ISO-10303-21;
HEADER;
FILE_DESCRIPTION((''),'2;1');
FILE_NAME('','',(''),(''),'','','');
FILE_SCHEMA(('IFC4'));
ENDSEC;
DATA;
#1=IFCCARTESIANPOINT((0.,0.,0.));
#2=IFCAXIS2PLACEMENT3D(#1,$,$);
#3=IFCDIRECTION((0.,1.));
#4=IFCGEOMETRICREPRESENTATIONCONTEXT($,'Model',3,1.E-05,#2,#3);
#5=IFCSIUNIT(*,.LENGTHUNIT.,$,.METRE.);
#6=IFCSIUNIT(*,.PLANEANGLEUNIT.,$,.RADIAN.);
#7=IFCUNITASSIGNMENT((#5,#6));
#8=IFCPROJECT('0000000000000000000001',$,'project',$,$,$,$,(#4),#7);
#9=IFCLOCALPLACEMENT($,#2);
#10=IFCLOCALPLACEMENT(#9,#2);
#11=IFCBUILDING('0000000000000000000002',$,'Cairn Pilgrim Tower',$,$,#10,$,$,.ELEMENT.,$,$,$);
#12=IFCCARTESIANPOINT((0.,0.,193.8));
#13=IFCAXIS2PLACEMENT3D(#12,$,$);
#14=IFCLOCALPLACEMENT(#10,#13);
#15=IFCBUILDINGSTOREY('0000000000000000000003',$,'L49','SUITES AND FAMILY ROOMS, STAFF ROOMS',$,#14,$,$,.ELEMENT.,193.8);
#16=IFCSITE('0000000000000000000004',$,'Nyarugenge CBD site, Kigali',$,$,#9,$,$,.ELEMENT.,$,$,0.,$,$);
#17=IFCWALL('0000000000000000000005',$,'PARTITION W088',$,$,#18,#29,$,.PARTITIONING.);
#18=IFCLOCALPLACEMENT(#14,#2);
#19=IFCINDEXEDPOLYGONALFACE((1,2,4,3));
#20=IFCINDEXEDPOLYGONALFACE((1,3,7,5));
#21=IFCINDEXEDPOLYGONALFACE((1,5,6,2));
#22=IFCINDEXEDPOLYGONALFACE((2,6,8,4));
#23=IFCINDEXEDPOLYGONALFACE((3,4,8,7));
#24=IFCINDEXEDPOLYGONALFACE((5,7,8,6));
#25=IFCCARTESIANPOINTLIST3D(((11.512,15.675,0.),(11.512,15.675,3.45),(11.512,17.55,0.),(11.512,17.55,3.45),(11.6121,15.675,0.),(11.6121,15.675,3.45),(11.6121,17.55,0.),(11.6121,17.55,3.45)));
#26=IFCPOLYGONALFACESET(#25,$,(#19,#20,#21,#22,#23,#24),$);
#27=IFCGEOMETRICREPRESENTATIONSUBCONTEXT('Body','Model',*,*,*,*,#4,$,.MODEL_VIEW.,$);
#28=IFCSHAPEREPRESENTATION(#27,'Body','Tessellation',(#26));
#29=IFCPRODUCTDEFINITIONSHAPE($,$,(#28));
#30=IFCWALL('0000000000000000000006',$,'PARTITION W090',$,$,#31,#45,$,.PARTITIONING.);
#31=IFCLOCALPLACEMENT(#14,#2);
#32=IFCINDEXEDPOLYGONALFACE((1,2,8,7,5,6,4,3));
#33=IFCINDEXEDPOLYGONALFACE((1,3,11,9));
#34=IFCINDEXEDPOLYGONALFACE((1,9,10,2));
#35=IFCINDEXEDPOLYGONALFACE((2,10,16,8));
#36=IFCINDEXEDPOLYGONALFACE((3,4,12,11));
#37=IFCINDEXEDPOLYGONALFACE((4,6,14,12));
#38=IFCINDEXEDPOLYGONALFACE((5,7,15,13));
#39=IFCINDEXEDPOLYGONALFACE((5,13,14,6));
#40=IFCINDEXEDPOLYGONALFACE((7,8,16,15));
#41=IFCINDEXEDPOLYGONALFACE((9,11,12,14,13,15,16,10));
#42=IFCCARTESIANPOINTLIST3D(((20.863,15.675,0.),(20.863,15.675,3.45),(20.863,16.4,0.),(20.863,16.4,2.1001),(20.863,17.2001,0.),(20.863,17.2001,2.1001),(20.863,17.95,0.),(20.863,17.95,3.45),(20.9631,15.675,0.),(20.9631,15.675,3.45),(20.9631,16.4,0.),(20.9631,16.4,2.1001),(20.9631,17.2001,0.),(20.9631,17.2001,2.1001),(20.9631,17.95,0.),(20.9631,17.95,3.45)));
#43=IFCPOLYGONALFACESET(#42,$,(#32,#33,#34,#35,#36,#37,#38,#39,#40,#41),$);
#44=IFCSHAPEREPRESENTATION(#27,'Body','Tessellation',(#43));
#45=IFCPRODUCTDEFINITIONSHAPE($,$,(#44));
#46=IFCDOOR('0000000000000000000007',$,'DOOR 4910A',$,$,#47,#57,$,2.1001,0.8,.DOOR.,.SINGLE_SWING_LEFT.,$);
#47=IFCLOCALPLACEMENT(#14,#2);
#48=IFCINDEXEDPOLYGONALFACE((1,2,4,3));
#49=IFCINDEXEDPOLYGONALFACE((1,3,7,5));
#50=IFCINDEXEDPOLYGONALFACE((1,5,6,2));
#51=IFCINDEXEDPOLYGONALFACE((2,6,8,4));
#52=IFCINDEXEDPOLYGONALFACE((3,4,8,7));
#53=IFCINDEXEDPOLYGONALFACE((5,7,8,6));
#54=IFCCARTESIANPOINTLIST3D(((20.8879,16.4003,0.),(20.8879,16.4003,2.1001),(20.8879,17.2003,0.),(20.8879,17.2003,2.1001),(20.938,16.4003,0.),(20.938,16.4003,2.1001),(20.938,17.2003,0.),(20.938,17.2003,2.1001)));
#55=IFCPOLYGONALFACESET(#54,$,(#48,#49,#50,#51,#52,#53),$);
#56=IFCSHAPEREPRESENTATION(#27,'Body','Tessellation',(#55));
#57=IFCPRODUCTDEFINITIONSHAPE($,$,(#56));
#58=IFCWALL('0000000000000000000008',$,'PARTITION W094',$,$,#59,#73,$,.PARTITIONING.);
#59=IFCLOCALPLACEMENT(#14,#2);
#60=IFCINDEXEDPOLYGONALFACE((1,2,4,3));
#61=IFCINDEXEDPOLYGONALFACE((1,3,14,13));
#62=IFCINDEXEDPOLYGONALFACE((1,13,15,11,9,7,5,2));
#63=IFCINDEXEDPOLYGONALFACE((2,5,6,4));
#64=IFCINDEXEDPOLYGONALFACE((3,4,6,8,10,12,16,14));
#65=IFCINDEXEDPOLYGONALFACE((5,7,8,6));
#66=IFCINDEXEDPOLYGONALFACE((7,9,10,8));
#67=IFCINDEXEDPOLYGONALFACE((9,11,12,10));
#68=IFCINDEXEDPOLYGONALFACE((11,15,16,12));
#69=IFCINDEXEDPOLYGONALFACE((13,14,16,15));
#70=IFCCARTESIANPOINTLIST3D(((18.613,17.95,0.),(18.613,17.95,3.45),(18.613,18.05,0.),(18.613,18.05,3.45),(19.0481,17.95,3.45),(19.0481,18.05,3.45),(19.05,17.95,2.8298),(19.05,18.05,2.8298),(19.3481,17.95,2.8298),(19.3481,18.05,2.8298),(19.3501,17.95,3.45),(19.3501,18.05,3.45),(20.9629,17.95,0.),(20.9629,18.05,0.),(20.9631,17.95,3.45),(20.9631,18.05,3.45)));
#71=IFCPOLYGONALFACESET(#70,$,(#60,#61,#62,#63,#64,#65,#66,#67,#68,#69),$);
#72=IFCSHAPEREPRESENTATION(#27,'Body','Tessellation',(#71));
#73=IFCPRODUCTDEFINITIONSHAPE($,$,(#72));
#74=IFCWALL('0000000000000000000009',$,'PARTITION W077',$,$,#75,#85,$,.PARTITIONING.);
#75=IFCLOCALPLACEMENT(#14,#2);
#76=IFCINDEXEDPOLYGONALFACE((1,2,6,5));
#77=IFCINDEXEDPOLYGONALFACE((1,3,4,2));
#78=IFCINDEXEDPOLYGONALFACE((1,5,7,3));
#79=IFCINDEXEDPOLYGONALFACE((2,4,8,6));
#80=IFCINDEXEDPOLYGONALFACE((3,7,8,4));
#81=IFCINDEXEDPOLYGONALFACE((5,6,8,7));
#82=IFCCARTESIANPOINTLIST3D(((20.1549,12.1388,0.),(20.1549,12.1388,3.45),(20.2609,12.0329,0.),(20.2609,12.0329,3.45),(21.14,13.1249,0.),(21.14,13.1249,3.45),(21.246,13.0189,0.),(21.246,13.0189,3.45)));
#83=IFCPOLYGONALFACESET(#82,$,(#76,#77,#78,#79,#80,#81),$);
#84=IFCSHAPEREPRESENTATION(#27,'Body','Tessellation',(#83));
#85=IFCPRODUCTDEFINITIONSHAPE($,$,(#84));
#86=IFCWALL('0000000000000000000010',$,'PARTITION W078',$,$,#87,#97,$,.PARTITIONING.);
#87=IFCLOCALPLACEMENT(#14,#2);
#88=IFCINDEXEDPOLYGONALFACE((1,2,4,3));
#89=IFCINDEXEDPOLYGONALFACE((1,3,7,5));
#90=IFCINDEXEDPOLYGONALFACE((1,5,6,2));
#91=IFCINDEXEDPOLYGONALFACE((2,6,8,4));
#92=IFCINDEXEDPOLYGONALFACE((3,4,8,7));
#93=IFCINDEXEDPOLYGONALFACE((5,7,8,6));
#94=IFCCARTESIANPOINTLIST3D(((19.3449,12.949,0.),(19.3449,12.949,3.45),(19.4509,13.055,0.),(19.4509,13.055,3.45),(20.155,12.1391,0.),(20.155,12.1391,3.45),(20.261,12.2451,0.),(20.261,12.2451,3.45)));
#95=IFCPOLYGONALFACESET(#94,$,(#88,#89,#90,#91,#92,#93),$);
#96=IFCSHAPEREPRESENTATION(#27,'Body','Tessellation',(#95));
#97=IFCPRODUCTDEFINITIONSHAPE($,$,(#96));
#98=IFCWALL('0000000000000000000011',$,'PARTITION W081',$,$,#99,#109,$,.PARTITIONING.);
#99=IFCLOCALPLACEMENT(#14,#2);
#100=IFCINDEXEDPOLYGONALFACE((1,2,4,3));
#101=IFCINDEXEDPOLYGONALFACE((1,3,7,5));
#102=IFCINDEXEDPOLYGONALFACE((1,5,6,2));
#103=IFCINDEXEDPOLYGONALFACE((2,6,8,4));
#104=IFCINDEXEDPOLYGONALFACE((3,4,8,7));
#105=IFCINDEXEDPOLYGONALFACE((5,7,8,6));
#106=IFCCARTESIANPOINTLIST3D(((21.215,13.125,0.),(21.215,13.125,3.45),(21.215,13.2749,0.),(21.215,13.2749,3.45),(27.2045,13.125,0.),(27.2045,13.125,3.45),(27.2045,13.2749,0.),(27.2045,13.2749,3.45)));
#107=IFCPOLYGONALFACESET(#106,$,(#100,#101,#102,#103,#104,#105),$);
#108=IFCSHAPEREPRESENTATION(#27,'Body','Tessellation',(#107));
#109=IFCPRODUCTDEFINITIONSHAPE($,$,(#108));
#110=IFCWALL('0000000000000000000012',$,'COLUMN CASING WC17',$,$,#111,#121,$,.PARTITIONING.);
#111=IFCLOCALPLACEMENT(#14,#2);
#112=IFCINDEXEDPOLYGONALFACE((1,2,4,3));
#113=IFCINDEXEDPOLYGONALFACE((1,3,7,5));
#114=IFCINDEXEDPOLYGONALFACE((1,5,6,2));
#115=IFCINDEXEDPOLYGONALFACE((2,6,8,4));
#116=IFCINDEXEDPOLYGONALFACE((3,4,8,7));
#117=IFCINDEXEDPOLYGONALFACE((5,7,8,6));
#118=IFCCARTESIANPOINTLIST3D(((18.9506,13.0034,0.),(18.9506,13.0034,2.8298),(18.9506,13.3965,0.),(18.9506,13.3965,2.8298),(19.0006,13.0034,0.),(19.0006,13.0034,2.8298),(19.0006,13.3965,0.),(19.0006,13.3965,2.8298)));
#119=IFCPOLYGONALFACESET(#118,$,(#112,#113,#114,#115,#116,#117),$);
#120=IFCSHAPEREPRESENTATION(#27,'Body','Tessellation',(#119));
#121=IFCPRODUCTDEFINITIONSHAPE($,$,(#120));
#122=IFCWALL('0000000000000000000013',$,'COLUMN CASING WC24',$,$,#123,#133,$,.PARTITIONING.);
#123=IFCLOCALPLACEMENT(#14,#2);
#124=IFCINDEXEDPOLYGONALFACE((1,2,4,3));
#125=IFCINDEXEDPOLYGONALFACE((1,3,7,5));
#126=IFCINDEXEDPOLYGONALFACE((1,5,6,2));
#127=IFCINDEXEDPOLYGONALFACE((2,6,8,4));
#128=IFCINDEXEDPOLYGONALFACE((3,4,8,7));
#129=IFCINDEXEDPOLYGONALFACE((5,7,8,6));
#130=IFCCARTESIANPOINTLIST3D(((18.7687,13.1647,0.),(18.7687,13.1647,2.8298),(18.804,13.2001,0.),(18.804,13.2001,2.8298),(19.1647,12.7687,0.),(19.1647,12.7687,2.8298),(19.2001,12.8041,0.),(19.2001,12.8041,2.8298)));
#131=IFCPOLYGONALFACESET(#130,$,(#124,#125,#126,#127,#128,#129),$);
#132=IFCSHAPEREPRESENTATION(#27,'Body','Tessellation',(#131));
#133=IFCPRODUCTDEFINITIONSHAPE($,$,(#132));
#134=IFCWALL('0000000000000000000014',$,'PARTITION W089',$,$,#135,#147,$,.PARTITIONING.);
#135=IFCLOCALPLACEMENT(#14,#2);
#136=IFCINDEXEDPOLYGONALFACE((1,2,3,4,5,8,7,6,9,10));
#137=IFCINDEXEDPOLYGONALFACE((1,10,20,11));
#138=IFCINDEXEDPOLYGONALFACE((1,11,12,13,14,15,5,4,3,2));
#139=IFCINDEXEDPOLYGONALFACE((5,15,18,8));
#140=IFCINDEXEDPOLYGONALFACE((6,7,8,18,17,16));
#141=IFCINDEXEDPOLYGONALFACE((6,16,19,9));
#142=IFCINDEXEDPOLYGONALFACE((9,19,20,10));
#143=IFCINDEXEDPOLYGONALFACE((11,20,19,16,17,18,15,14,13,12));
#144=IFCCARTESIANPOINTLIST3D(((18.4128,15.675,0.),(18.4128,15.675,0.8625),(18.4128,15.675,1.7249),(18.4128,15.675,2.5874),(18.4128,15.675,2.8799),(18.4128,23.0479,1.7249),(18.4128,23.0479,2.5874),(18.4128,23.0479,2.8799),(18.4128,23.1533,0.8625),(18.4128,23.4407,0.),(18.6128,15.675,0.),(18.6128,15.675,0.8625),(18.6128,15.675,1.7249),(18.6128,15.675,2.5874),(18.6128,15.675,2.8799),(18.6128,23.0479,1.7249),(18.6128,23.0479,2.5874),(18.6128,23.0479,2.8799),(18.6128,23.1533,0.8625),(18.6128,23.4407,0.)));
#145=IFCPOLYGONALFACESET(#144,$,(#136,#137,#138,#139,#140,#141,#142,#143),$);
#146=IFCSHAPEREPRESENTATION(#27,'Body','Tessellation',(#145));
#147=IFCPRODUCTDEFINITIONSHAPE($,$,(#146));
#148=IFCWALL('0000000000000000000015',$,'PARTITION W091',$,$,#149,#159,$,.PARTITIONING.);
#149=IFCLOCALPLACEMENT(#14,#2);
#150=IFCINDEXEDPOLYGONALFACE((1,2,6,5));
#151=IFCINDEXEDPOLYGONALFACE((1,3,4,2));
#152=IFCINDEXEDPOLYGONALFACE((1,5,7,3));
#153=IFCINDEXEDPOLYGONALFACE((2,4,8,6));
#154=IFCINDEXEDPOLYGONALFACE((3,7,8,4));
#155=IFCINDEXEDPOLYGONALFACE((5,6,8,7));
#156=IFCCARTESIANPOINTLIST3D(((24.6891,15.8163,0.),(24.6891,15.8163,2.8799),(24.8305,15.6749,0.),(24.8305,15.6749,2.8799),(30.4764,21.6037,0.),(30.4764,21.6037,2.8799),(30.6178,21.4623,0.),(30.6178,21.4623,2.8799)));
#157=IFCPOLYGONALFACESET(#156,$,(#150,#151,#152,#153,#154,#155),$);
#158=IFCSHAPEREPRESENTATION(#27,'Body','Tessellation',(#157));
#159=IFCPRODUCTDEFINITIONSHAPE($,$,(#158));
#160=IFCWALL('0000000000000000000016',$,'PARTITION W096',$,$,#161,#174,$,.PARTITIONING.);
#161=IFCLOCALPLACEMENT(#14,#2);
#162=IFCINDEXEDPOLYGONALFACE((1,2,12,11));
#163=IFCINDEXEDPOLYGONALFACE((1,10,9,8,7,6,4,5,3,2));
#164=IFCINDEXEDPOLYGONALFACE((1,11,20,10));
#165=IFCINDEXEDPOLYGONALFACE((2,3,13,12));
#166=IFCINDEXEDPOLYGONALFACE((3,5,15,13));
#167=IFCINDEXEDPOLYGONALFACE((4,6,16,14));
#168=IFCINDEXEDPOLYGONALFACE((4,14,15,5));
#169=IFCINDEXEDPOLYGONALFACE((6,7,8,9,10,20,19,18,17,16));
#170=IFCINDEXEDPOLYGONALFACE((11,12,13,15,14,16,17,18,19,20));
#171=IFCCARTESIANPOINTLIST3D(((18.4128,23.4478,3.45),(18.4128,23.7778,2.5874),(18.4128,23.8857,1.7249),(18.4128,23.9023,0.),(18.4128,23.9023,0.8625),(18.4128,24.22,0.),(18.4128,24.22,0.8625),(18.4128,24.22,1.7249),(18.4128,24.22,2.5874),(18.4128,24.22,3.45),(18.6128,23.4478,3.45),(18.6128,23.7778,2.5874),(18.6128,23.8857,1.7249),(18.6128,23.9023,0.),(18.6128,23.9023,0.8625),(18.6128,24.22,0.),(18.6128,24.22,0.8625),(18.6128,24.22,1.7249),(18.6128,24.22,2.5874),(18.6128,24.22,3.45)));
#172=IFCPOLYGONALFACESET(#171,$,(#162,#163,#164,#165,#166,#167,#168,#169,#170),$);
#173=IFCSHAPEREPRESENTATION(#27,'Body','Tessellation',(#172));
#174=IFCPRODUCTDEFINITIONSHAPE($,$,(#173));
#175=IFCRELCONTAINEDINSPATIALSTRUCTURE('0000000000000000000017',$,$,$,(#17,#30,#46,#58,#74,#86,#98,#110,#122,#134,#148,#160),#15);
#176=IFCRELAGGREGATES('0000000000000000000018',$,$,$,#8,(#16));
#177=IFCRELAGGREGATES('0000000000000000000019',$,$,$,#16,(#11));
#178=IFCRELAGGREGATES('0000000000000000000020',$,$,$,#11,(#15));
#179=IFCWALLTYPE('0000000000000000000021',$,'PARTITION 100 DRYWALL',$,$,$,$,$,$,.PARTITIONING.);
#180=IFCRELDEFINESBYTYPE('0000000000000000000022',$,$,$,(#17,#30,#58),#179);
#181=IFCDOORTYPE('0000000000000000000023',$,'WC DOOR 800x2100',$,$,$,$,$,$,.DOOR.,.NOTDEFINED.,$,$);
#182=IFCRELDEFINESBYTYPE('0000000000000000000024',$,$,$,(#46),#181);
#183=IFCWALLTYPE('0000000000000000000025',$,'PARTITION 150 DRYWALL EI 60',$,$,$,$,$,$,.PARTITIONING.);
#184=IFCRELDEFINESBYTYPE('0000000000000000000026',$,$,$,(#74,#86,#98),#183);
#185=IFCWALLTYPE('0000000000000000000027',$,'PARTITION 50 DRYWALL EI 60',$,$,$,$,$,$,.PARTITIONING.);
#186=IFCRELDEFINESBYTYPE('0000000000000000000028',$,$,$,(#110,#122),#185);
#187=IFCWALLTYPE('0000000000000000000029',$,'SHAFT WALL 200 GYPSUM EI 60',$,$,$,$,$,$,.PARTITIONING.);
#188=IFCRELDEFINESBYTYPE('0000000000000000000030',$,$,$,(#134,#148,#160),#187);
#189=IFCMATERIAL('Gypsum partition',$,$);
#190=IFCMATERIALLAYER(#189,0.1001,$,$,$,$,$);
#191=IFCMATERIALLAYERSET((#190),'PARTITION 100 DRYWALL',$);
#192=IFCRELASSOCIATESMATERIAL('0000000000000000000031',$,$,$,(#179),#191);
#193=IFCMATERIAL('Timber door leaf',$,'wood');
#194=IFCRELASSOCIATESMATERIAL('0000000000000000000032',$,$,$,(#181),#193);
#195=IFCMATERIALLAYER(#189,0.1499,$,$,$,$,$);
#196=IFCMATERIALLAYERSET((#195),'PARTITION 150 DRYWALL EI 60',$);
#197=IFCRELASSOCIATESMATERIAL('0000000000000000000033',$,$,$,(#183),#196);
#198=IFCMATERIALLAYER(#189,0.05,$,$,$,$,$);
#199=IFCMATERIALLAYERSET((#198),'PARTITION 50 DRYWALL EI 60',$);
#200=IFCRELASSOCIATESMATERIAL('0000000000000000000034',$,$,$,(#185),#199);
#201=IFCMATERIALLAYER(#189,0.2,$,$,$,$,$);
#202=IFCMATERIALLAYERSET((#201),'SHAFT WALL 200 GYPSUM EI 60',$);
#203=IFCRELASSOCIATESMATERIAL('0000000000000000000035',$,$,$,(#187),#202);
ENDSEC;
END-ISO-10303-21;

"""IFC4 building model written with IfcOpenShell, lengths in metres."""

from ifc_helpers import new_model, si_unit, direction, frame, frame_2d, origin, place, context, subcontext, project, spatial, polyline, rectangle, outline, extrude, material, layer, layer_set, type_object, element, fill, save


model = new_model("IFC4")

# Units and contexts
model_context = context("Model", 3, precision=1e-05, world=origin(), true_north=direction((0.0, 1.0)))
body_context = subcontext(model_context, "Body", "Model", "MODEL_VIEW")
ifc_project = project(units=[si_unit("LENGTHUNIT", "METRE"), si_unit("PLANEANGLEUNIT", "RADIAN")], contexts=[model_context])

# Site, building, storey
site_placement = place(None, origin())
site = spatial("IfcSite", under=ifc_project, at=site_placement, Name="Nyarugenge CBD site, Kigali", CompositionType="ELEMENT", RefElevation=0.0)
building_placement = place(site_placement, origin())
building = spatial("IfcBuilding", under=site, at=building_placement, Name="Cairn Pilgrim Tower", CompositionType="ELEMENT")
storey_placement = place(building_placement, frame((0.0, 0.0, 193.8)))
storey = spatial("IfcBuildingStorey", under=building, at=storey_placement, Name="L49", Description="SUITES AND FAMILY ROOMS, STAFF ROOMS", CompositionType="ELEMENT", Elevation=193.8)

# Wall
ifc_material_1 = material(Name="Gypsum partition")
ifc_layer_1 = layer(ifc_material_1, 0.1001)
ifc_layer_set_1 = layer_set([ifc_layer_1], Name="PARTITION 100 DRYWALL")
wall_type_1 = type_object("IfcWallType", Name="PARTITION 100 DRYWALL", PredefinedType="PARTITIONING", material=ifc_layer_set_1)
wall_1_placement = place(storey_placement, frame((11.562, 15.675, 0.0), z_axis=(0.0, 0.0, 1.0), x_axis=(0.0, 1.0, 0.0)))
element("IfcWall", 1, at=wall_1_placement, inside=storey, type_object=wall_type_1, Name="PARTITION W088", PredefinedType="PARTITIONING", context=body_context, shape_type="SweptSolid", body=[
    extrude(rectangle(XDim=1.875, YDim=0.1001, at=frame_2d((0.9375, 0.0))), origin(), (0.0, 0.0, 1.0), 3.45),
])

# Wall, opening, door
wall_2_placement = place(storey_placement, frame((20.9131, 15.675, 0.0), z_axis=(0.0, 0.0, 1.0), x_axis=(0.0, 1.0, 0.0)))
wall_2 = element("IfcWall", 2, at=wall_2_placement, inside=storey, type_object=wall_type_1, Name="PARTITION W090", PredefinedType="PARTITIONING", context=body_context, shape_type="SweptSolid", body=[
    extrude(rectangle(XDim=2.2749, YDim=0.1001, at=frame_2d((1.1375, 0.0))), origin(), (0.0, 0.0, 1.0), 3.45),
])
opening_1_placement = place(wall_2_placement, frame((0.7251, 0.0, 0.0)))
opening_1 = element("IfcOpeningElement", 3, at=opening_1_placement, cuts=wall_2, PredefinedType="OPENING", context=body_context, shape_type="SweptSolid", body=[
    extrude(rectangle(XDim=0.8, YDim=2.1001, at=frame_2d((0.3999, 1.05))), frame((0.0, 0.0601, 0.0), z_axis=(0.0, -1.0, 0.0), x_axis=(1.0, 0.0, 0.0)), (0.0, 0.0, 1.0), 0.1201),
])
ifc_material_2 = material(Name="Timber door leaf", Category="wood")
door_type_1 = type_object("IfcDoorType", Name="WC DOOR 800x2100", OperationType="NOTDEFINED", PredefinedType="DOOR", material=ifc_material_2)
door_1_placement = place(opening_1_placement, frame((0.8, 0.0, 0.0), z_axis=(0.0, 0.0, 1.0), x_axis=(-1.0, 0.0, 0.0)))
door_1 = element("IfcDoor", 4, at=door_1_placement, inside=storey, type_object=door_type_1, Name="DOOR 4910A", OperationType="SINGLE_SWING_LEFT", OverallHeight=2.1001, OverallWidth=0.8, PredefinedType="DOOR", context=body_context, shape_type="SweptSolid", body=[
    extrude(rectangle(XDim=0.8, YDim=2.1001, at=frame_2d((0.3999, 1.05))), frame((0.0, 0.0249, 0.0), z_axis=(0.0, -1.0, 0.0), x_axis=(1.0, 0.0, 0.0)), (0.0, 0.0, 1.0), 0.05),
])
fill(opening_1, door_1)

# Walls
wall_3_placement = place(storey_placement, frame((18.613, 18.0, 0.0), z_axis=(0.0, 0.0, 1.0), x_axis=(1.0, 0.0, 0.0)))
element("IfcWall", 5, at=wall_3_placement, inside=storey, type_object=wall_type_1, Name="PARTITION W094", PredefinedType="PARTITIONING", context=body_context, shape_type="SweptSolid", body=[
    extrude(outline(polyline([(0.0, 0.0), (2.3499, 0.0), (2.3501, 3.45), (0.7371, 3.45), (0.7351, 2.8298), (0.437, 2.8298), (0.4351, 3.45), (0.0, 3.45), (0.0, 0.0)])), frame((0.0, 0.05, 0.0), z_axis=(0.0, -1.0, 0.0), x_axis=(1.0, 0.0, 0.0)), (0.0, 0.0, 1.0), 0.1001),
])
ifc_layer_2 = layer(ifc_material_1, 0.1499)
ifc_layer_set_2 = layer_set([ifc_layer_2], Name="PARTITION 150 DRYWALL EI 60")
wall_type_2 = type_object("IfcWallType", Name="PARTITION 150 DRYWALL EI 60", PredefinedType="PARTITIONING", material=ifc_layer_set_2)
wall_4_placement = place(storey_placement, frame((20.208, 12.0859, 0.0), z_axis=(0.0, 0.0, 1.0), x_axis=(0.706756, 0.707457, 0.0)))
element("IfcWall", 6, at=wall_4_placement, inside=storey, type_object=wall_type_2, Name="PARTITION W077", PredefinedType="PARTITIONING", context=body_context, shape_type="SweptSolid", body=[
    extrude(rectangle(XDim=1.3938, YDim=0.1499, at=frame_2d((0.6968, 0.0))), origin(), (0.0, 0.0, 1.0), 3.45),
])
wall_5_placement = place(storey_placement, frame((20.208, 12.1921, 0.0), z_axis=(0.0, 0.0, 1.0), x_axis=(-0.707213, 0.707, 0.0)))
element("IfcWall", 7, at=wall_5_placement, inside=storey, type_object=wall_type_2, Name="PARTITION W078", PredefinedType="PARTITIONING", context=body_context, shape_type="SweptSolid", body=[
    extrude(rectangle(XDim=1.1455, YDim=0.1499, at=frame_2d((0.5728, 0.0))), origin(), (0.0, 0.0, 1.0), 3.45),
])
wall_6_placement = place(storey_placement, frame((21.2151, 13.2, 0.0), z_axis=(0.0, 0.0, 1.0), x_axis=(1.0, 0.0, 0.0)))
element("IfcWall", 8, at=wall_6_placement, inside=storey, type_object=wall_type_2, Name="PARTITION W081", PredefinedType="PARTITIONING", context=body_context, shape_type="SweptSolid", body=[
    extrude(rectangle(XDim=5.9895, YDim=0.1499, at=frame_2d((2.9946, 0.0))), origin(), (0.0, 0.0, 1.0), 3.45),
])
ifc_layer_3 = layer(ifc_material_1, 0.05)
ifc_layer_set_3 = layer_set([ifc_layer_3], Name="PARTITION 50 DRYWALL EI 60")
wall_type_3 = type_object("IfcWallType", Name="PARTITION 50 DRYWALL EI 60", PredefinedType="PARTITIONING", material=ifc_layer_set_3)
wall_7_placement = place(storey_placement, frame((18.9756, 13.0034, 0.0), z_axis=(0.0, 0.0, 1.0), x_axis=(0.0, 1.0, 0.0)))
element("IfcWall", 9, at=wall_7_placement, inside=storey, type_object=wall_type_3, Name="COLUMN CASING WC17", PredefinedType="PARTITIONING", context=body_context, shape_type="SweptSolid", body=[
    extrude(rectangle(XDim=0.3931, YDim=0.05, at=frame_2d((0.1965, 0.0))), origin(), (0.0, 0.0, 1.0), 2.8298),
])
wall_8_placement = place(storey_placement, frame((19.1824, 12.7864, 0.0), z_axis=(0.0, 0.0, 1.0), x_axis=(-0.707107, 0.707107, 0.0)))
element("IfcWall", 10, at=wall_8_placement, inside=storey, type_object=wall_type_3, Name="COLUMN CASING WC24", PredefinedType="PARTITIONING", context=body_context, shape_type="SweptSolid", body=[
    extrude(rectangle(XDim=0.5601, YDim=0.05, at=frame_2d((0.28, 0.0))), origin(), (0.0, 0.0, 1.0), 2.8298),
])
ifc_layer_4 = layer(ifc_material_1, 0.2)
ifc_layer_set_4 = layer_set([ifc_layer_4], Name="SHAFT WALL 200 GYPSUM EI 60")
wall_type_4 = type_object("IfcWallType", Name="SHAFT WALL 200 GYPSUM EI 60", PredefinedType="PARTITIONING", material=ifc_layer_set_4)
wall_9_placement = place(storey_placement, frame((18.5129, 15.675, 0.0), z_axis=(0.0, 0.0, 1.0), x_axis=(0.0, 1.0, 0.0)))
element("IfcWall", 11, at=wall_9_placement, inside=storey, type_object=wall_type_4, Name="PARTITION W089", PredefinedType="PARTITIONING", context=body_context, shape_type="SweptSolid", body=[
    extrude(outline(polyline([(0.0, 0.0), (7.7656, 0.0), (7.4783, 0.8625), (7.3728, 1.7249), (7.3728, 2.5874), (7.3728, 2.8799), (0.0, 2.8799), (0.0, 2.5874), (0.0, 1.7249), (0.0, 0.8625), (0.0, 0.0)])), frame((0.0, 0.1001, 0.0), z_axis=(0.0, -1.0, 0.0), x_axis=(1.0, 0.0, 0.0)), (0.0, 0.0, 1.0), 0.2),
])
wall_10_placement = place(storey_placement, frame((24.7598, 15.7456, 0.0), z_axis=(0.0, 0.0, 1.0), x_axis=(0.707107, 0.707107, 0.0)))
element("IfcWall", 12, at=wall_10_placement, inside=storey, type_object=wall_type_4, Name="PARTITION W091", PredefinedType="PARTITIONING", context=body_context, shape_type="SweptSolid", body=[
    extrude(rectangle(XDim=8.1846, YDim=0.2, at=frame_2d((4.0923, 0.0))), origin(), (0.0, 0.0, 1.0), 2.8799),
])
wall_11_placement = place(storey_placement, frame((18.5129, 23.4478, 0.0), z_axis=(0.0, 0.0, 1.0), x_axis=(0.0, 1.0, 0.0)))
element("IfcWall", 13, at=wall_11_placement, inside=storey, type_object=wall_type_4, Name="PARTITION W096", PredefinedType="PARTITIONING", context=body_context, shape_type="SweptSolid", body=[
    extrude(outline(polyline([(0.4546, 0.0), (0.7722, 0.0), (0.7722, 0.8625), (0.7722, 1.7249), (0.7722, 2.5874), (0.7722, 3.45), (0.0, 3.45), (0.3301, 2.5874), (0.438, 1.7249), (0.4546, 0.8625), (0.4546, 0.0)])), frame((0.0, 0.1001, 0.0), z_axis=(0.0, -1.0, 0.0), x_axis=(1.0, 0.0, 0.0)), (0.0, 0.0, 1.0), 0.2),
])

save(model, "model.ifc")
